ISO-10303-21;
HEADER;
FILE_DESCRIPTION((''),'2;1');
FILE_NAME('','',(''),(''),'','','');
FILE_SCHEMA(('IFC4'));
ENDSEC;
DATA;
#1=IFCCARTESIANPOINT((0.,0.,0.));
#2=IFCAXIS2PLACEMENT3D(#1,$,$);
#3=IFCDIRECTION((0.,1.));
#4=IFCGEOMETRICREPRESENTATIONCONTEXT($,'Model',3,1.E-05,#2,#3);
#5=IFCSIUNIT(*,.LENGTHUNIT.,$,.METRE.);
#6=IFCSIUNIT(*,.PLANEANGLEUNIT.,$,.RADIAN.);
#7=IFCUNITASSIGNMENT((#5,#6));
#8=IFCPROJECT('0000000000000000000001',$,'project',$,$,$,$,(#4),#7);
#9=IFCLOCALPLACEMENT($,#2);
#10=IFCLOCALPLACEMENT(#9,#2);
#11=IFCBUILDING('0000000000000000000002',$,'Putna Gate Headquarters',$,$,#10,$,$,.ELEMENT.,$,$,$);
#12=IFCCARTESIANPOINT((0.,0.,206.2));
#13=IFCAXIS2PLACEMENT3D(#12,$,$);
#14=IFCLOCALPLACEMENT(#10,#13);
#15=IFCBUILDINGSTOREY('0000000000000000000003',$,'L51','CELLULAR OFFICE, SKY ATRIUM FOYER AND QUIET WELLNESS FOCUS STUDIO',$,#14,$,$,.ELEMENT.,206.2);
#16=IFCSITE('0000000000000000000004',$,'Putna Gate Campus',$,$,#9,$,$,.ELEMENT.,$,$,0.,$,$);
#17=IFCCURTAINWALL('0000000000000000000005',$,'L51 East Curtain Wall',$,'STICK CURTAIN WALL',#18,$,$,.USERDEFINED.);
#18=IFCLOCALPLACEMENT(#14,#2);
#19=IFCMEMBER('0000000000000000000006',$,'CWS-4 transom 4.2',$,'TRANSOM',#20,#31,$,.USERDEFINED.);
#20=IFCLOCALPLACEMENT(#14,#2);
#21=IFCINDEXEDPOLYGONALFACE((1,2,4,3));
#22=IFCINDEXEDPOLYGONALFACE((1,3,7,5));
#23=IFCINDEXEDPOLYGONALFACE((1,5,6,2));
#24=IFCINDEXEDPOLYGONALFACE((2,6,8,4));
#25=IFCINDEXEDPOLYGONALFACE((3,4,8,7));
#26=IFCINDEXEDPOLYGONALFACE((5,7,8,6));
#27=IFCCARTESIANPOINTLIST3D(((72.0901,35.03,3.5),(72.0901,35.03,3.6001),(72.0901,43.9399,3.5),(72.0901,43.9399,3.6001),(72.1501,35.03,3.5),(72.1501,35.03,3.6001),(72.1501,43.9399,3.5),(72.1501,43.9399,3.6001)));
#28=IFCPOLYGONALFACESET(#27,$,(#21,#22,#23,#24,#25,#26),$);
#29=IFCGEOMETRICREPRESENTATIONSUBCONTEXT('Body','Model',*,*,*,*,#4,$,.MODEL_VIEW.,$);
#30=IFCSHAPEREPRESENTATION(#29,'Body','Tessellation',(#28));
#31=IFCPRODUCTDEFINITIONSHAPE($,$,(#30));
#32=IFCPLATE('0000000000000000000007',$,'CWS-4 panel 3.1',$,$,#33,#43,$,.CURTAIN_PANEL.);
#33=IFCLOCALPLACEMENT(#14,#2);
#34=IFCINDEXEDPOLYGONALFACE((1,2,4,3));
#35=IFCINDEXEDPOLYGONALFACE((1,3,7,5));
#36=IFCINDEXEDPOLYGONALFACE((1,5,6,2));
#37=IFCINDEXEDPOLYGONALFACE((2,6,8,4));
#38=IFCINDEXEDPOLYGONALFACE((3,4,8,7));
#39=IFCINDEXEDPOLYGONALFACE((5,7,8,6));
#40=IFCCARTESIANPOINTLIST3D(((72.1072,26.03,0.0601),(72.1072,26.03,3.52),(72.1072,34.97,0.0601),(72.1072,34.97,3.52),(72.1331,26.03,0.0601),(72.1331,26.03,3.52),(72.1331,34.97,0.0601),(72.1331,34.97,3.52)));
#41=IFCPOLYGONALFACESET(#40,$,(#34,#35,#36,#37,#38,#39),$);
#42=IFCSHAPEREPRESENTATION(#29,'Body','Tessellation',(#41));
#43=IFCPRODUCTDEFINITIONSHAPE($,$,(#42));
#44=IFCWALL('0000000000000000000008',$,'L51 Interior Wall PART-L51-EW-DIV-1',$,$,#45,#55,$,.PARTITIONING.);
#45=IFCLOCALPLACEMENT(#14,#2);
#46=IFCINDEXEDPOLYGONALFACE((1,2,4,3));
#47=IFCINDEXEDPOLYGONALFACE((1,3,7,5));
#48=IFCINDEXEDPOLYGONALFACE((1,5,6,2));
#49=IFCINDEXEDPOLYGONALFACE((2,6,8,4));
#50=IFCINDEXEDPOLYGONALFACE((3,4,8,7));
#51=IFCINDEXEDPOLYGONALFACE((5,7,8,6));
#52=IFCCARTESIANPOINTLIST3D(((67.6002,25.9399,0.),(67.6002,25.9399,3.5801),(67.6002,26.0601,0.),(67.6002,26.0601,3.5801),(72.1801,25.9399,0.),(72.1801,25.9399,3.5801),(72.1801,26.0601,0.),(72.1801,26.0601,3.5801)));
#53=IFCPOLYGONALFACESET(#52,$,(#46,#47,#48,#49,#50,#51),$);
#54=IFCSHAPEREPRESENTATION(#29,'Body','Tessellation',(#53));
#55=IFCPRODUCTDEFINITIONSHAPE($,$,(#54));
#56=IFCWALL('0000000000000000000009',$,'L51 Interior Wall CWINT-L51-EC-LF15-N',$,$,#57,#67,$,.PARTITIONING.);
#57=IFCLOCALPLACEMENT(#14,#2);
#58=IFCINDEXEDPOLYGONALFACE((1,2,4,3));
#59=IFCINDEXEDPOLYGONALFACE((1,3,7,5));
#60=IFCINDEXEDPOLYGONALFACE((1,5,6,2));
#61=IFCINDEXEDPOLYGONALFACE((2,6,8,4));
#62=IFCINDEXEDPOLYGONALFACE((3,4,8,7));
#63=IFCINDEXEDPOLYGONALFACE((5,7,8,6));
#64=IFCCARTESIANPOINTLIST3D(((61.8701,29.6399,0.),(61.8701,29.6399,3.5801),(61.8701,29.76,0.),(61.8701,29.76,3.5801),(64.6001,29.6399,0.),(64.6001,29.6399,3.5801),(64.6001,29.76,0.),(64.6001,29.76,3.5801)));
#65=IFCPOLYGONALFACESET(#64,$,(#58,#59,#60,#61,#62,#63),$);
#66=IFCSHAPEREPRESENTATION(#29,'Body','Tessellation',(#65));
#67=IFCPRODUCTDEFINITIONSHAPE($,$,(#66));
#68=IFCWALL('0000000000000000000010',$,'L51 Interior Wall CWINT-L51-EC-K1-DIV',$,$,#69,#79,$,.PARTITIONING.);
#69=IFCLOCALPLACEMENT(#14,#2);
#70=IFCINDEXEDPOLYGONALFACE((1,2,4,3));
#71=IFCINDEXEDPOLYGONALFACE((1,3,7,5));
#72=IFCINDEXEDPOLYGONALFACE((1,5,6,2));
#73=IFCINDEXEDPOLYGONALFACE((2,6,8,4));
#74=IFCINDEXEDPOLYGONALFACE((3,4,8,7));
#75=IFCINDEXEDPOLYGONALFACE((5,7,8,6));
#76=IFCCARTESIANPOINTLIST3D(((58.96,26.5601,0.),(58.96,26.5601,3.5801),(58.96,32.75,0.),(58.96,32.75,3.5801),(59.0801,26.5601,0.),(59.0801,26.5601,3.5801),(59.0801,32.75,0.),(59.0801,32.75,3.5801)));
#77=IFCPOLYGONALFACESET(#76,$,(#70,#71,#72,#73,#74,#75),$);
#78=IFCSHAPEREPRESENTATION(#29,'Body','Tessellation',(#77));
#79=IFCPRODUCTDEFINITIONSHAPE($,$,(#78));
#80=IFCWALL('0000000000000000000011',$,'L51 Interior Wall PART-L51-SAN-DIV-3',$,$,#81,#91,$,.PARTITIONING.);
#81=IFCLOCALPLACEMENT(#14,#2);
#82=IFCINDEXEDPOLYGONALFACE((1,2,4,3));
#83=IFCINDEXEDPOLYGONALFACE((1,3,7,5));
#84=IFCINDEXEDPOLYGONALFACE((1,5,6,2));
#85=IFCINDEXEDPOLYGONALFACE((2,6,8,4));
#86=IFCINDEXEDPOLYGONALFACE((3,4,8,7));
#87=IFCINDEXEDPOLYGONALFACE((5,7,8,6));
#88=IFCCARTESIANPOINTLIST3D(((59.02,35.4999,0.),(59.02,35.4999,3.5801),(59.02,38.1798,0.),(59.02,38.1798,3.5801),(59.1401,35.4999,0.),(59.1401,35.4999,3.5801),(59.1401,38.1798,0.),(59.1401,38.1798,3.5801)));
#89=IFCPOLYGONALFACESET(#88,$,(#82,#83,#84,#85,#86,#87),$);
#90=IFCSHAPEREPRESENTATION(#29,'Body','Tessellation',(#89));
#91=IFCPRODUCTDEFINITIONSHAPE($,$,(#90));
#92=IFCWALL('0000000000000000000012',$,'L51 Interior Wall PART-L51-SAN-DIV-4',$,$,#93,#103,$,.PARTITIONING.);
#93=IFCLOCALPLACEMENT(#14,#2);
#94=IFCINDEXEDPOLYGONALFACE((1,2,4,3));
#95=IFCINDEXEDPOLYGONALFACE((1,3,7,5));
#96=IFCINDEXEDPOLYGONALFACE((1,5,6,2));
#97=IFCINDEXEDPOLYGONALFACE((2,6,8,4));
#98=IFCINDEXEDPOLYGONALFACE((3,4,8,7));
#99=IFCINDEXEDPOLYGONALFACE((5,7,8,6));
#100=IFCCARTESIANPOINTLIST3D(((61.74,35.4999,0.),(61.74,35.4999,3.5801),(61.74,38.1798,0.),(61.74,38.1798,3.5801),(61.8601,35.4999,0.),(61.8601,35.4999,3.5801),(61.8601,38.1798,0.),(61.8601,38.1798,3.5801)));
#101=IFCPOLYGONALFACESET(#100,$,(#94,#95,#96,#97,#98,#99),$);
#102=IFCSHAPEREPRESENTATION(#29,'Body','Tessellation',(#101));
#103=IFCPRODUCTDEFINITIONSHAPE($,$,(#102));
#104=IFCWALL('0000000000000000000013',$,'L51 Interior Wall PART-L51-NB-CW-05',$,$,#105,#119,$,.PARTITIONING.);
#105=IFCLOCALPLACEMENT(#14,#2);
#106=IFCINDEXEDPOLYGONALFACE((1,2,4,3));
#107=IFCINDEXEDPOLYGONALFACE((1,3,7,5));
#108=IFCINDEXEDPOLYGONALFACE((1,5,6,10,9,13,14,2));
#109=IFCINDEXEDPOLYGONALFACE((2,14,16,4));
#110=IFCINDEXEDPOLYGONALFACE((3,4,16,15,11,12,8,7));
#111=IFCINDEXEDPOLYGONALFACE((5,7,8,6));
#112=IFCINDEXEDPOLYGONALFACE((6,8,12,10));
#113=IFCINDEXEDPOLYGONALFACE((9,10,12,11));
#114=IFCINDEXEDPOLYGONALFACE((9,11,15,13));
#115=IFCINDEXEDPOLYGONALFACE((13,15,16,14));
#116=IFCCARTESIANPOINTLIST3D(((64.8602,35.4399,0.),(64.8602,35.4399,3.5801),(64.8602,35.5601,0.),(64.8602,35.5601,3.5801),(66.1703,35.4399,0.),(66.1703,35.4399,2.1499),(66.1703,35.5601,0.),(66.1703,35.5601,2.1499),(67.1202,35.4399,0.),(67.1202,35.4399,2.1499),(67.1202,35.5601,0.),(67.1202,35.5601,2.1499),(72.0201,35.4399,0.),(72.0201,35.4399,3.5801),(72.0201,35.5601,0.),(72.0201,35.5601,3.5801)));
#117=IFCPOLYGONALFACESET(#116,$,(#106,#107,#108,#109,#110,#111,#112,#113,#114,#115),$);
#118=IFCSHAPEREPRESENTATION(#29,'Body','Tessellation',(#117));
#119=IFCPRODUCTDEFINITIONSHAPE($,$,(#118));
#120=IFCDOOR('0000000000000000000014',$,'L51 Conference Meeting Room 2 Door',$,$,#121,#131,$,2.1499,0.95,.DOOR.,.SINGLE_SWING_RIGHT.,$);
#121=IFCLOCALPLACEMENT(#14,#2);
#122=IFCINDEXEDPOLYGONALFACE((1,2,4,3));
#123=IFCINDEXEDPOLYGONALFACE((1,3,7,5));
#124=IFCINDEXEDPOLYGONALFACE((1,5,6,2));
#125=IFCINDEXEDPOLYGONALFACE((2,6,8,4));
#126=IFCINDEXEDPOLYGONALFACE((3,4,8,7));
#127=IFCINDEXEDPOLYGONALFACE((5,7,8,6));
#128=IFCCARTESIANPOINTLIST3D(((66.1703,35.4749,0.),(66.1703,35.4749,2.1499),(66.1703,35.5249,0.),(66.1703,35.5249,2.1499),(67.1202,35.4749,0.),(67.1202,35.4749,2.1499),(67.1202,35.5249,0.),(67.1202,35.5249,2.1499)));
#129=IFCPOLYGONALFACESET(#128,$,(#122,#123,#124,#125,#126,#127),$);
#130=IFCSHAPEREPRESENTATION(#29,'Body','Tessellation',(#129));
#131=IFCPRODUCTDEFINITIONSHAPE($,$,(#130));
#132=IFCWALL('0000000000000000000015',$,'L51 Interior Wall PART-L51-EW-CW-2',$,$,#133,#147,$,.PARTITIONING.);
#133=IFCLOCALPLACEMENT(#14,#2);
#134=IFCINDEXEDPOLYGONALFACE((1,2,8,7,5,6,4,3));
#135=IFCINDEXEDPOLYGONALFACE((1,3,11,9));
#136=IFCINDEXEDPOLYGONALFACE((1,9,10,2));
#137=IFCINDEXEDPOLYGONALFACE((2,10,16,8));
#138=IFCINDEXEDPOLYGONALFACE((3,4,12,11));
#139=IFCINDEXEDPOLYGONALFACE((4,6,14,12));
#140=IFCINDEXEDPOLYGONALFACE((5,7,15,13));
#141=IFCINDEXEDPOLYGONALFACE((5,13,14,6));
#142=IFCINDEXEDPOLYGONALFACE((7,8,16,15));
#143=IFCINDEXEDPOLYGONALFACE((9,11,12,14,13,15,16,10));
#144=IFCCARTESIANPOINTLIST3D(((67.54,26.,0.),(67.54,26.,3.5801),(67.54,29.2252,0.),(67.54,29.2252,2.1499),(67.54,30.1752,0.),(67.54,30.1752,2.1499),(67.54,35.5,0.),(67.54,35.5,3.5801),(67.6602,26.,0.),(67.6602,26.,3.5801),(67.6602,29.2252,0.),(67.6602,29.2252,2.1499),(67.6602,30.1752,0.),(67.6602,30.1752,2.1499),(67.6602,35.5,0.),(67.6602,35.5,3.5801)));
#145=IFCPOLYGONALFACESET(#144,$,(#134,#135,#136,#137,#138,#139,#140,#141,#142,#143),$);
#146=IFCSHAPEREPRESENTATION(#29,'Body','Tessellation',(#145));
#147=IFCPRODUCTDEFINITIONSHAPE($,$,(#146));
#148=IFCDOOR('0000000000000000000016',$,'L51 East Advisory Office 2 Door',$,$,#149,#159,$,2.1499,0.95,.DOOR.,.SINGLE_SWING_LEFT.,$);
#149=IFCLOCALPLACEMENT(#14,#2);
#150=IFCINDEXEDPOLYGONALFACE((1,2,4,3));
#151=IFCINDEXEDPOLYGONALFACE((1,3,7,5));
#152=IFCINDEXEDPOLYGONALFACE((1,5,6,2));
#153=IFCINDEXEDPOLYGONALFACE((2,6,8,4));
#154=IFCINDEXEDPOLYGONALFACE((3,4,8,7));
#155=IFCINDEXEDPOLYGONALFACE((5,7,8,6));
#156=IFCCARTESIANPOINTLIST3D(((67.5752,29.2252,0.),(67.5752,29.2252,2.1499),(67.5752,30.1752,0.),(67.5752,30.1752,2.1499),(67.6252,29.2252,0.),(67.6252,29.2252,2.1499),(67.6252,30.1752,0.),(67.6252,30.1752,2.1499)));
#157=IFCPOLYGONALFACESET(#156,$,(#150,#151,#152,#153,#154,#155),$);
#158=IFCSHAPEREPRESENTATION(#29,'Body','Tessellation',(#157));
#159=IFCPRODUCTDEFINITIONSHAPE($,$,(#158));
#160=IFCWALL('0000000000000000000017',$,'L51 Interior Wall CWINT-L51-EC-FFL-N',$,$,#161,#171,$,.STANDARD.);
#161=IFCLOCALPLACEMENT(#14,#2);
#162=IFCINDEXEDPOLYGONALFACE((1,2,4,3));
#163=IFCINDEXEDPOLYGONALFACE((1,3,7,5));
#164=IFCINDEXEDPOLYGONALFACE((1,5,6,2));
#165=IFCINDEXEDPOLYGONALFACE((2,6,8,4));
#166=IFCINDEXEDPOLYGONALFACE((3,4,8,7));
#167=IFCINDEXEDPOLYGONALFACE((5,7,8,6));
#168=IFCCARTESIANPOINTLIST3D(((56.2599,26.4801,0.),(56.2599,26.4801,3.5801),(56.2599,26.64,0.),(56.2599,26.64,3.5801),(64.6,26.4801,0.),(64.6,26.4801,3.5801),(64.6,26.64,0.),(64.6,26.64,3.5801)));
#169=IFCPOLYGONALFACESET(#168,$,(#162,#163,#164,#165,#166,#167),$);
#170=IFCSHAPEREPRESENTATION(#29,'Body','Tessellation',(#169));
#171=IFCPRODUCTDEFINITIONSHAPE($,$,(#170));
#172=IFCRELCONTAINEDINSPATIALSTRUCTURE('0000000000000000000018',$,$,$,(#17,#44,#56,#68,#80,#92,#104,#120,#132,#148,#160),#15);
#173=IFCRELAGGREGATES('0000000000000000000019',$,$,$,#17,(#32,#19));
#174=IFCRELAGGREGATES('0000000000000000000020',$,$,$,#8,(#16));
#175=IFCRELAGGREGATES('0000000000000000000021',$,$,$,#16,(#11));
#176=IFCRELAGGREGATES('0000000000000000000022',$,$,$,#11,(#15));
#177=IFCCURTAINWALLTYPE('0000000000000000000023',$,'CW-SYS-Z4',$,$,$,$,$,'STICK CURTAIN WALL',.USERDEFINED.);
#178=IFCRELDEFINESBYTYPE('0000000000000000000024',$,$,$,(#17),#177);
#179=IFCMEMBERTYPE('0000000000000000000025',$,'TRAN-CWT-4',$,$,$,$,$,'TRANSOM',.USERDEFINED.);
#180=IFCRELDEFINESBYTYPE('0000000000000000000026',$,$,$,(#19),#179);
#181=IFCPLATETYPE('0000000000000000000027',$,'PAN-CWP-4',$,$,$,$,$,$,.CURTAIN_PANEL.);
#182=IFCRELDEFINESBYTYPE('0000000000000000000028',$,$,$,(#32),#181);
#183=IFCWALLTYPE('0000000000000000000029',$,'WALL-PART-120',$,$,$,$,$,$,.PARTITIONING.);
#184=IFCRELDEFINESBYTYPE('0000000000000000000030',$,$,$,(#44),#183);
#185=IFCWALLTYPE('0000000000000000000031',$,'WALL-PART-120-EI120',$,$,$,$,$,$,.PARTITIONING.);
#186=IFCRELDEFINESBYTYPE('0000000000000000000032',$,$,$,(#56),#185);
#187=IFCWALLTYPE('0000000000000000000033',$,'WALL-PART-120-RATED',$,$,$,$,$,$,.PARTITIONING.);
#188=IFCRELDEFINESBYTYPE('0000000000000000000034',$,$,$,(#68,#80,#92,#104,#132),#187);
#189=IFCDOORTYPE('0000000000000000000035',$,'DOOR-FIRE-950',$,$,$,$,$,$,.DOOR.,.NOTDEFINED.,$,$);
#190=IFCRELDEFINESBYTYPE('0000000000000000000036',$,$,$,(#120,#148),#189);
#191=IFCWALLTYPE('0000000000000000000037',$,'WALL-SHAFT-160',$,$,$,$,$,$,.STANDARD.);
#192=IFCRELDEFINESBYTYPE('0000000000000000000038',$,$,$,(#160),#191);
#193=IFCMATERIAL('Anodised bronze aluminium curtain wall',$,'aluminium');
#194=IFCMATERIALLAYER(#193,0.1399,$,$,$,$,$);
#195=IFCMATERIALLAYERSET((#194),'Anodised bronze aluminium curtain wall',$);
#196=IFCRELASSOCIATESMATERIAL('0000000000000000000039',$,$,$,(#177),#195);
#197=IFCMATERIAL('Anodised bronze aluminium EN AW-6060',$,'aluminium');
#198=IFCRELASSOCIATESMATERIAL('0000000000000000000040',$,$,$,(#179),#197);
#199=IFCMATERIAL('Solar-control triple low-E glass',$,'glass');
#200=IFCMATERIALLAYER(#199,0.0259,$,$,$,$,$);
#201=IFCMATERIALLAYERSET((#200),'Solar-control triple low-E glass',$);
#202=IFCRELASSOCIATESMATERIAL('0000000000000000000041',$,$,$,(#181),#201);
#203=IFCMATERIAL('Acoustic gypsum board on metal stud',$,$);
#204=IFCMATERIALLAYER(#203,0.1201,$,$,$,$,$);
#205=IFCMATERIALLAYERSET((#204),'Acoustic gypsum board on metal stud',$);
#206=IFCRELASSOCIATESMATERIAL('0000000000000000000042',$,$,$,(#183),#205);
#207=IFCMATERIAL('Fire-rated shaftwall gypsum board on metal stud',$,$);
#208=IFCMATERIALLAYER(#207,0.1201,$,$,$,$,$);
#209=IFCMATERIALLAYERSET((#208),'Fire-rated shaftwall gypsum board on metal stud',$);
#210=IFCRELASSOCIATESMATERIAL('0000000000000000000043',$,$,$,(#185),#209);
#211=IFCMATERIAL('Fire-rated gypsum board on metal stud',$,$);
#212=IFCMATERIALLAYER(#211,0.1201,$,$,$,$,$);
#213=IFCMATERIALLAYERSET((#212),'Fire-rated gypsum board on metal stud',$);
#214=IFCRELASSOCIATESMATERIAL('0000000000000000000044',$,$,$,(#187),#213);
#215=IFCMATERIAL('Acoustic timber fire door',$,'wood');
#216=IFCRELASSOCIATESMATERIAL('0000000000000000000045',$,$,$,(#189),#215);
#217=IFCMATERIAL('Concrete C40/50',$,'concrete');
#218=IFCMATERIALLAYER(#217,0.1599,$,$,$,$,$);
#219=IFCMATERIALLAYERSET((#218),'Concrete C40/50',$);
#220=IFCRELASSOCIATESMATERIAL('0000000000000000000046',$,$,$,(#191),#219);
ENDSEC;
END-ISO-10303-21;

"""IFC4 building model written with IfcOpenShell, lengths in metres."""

from ifc_helpers import new_model, si_unit, direction, frame, frame_2d, origin, origin_2d, place, context, subcontext, project, spatial, rectangle, extrude, material, layer, layer_set, material_profile, profile_set, type_object, element, fill, aggregate, save


model = new_model("IFC4")

# Units and contexts
model_context = context("Model", 3, precision=1e-05, world=origin(), true_north=direction((0.0, 1.0)))
body_context = subcontext(model_context, "Body", "Model", "MODEL_VIEW")
ifc_project = project(units=[si_unit("LENGTHUNIT", "METRE"), si_unit("PLANEANGLEUNIT", "RADIAN")], contexts=[model_context])

# Site, building, storey
site_placement = place(None, origin())
site = spatial("IfcSite", under=ifc_project, at=site_placement, Name="Putna Gate Campus", CompositionType="ELEMENT", RefElevation=0.0)
building_placement = place(site_placement, origin())
building = spatial("IfcBuilding", under=site, at=building_placement, Name="Putna Gate Headquarters", CompositionType="ELEMENT")
storey_placement = place(building_placement, frame((0.0, 0.0, 206.2)))
storey = spatial("IfcBuildingStorey", under=building, at=storey_placement, Name="L51", Description="CELLULAR OFFICE, SKY ATRIUM FOYER AND QUIET WELLNESS FOCUS STUDIO", CompositionType="ELEMENT", Elevation=206.2)

# Curtain wall, member, plate
ifc_material_1 = material(Name="Anodised bronze aluminium curtain wall", Category="aluminium")
ifc_layer_1 = layer(ifc_material_1, 0.1399)
ifc_layer_set_1 = layer_set([ifc_layer_1], Name="Anodised bronze aluminium curtain wall")
curtain_wall_type = type_object("IfcCurtainWallType", Name="CW-SYS-Z4", ElementType="STICK CURTAIN WALL", PredefinedType="USERDEFINED", material=ifc_layer_set_1)
curtain_wall_placement = place(storey_placement, origin())
curtain_wall = element("IfcCurtainWall", 1, at=curtain_wall_placement, inside=storey, type_object=curtain_wall_type, Name="L51 East Curtain Wall", ObjectType="STICK CURTAIN WALL", PredefinedType="USERDEFINED")
ifc_material_2 = material(Name="Anodised bronze aluminium EN AW-6060", Category="aluminium")
ifc_material_profile_1 = material_profile(ifc_material_2, rectangle(XDim=0.0601, YDim=0.1001, at=origin_2d()), Name="Anodised bronze aluminium EN AW-6060")
ifc_profile_set_1 = profile_set([ifc_material_profile_1], Name="Anodised bronze aluminium EN AW-6060")
member_type_1 = type_object("IfcMemberType", Name="TRAN-CWT-4", ElementType="TRANSOM", PredefinedType="USERDEFINED", material=ifc_profile_set_1)
member_1_placement = place(storey_placement, frame((72.1201, 35.03, 3.55), z_axis=(0.0, 1.0, 0.0), x_axis=(-1.0, 0.0, 0.0)))
member_1 = element("IfcMember", 2, at=member_1_placement, type_object=member_type_1, Name="CWS-4 transom 4.2", ObjectType="TRANSOM", PredefinedType="USERDEFINED", context=body_context, shape_type="SweptSolid", body=[
    extrude(rectangle(XDim=0.0601, YDim=0.1001, at=origin_2d()), origin(), (0.0, 0.0, 1.0), 8.9099),
])
ifc_material_3 = material(Name="Solar-control triple low-E glass", Category="glass")
ifc_layer_2 = layer(ifc_material_3, 0.0259)
ifc_layer_set_2 = layer_set([ifc_layer_2], Name="Solar-control triple low-E glass")
plate_type = type_object("IfcPlateType", Name="PAN-CWP-4", PredefinedType="CURTAIN_PANEL", material=ifc_layer_set_2)
plate_placement = place(storey_placement, frame((72.1201, 30.5, 0.0601), z_axis=(0.0, 0.0, 1.0), x_axis=(0.0, 1.0, 0.0)))
plate = element("IfcPlate", 3, at=plate_placement, type_object=plate_type, Name="CWS-4 panel 3.1", PredefinedType="CURTAIN_PANEL", context=body_context, shape_type="SweptSolid", body=[
    extrude(rectangle(XDim=8.9399, YDim=0.0259, at=origin_2d()), origin(), (0.0, 0.0, 1.0), 3.46),
])
aggregate(curtain_wall, [plate, member_1])

# Walls
ifc_material_4 = material(Name="Acoustic gypsum board on metal stud")
ifc_layer_3 = layer(ifc_material_4, 0.1201)
ifc_layer_set_3 = layer_set([ifc_layer_3], Name="Acoustic gypsum board on metal stud")
wall_type_1 = type_object("IfcWallType", Name="WALL-PART-120", PredefinedType="PARTITIONING", material=ifc_layer_set_3)
wall_1_placement = place(storey_placement, frame((67.6001, 26.0, 0.0), z_axis=(0.0, 0.0, 1.0), x_axis=(1.0, 0.0, 0.0)))
element("IfcWall", 4, at=wall_1_placement, inside=storey, type_object=wall_type_1, Name="L51 Interior Wall PART-L51-EW-DIV-1", PredefinedType="PARTITIONING", context=body_context, shape_type="SweptSolid", body=[
    extrude(rectangle(XDim=4.5798, YDim=0.1201, at=frame_2d((2.29, 0.0))), origin(), (0.0, 0.0, 1.0), 3.5801),
])
ifc_material_5 = material(Name="Fire-rated shaftwall gypsum board on metal stud")
ifc_layer_4 = layer(ifc_material_5, 0.1201)
ifc_layer_set_4 = layer_set([ifc_layer_4], Name="Fire-rated shaftwall gypsum board on metal stud")
wall_type_2 = type_object("IfcWallType", Name="WALL-PART-120-EI120", PredefinedType="PARTITIONING", material=ifc_layer_set_4)
wall_2_placement = place(storey_placement, frame((61.8701, 29.7, 0.0), z_axis=(0.0, 0.0, 1.0), x_axis=(1.0, 0.0, 0.0)))
element("IfcWall", 5, at=wall_2_placement, inside=storey, type_object=wall_type_2, Name="L51 Interior Wall CWINT-L51-EC-LF15-N", PredefinedType="PARTITIONING", context=body_context, shape_type="SweptSolid", body=[
    extrude(rectangle(XDim=2.73, YDim=0.1201, at=frame_2d((1.365, 0.0))), origin(), (0.0, 0.0, 1.0), 3.5801),
])
ifc_material_6 = material(Name="Fire-rated gypsum board on metal stud")
ifc_layer_5 = layer(ifc_material_6, 0.1201)
ifc_layer_set_5 = layer_set([ifc_layer_5], Name="Fire-rated gypsum board on metal stud")
wall_type_3 = type_object("IfcWallType", Name="WALL-PART-120-RATED", PredefinedType="PARTITIONING", material=ifc_layer_set_5)
wall_3_placement = place(storey_placement, frame((59.02, 26.5601, 0.0), z_axis=(0.0, 0.0, 1.0), x_axis=(0.0, 1.0, 0.0)))
element("IfcWall", 6, at=wall_3_placement, inside=storey, type_object=wall_type_3, Name="L51 Interior Wall CWINT-L51-EC-K1-DIV", PredefinedType="PARTITIONING", context=body_context, shape_type="SweptSolid", body=[
    extrude(rectangle(XDim=6.1899, YDim=0.1201, at=frame_2d((3.095, 0.0))), origin(), (0.0, 0.0, 1.0), 3.5801),
])
for number, where, z_axis, x_axis, name in (
    (7, (59.0801, 35.5, 0.0), (0.0, 0.0, 1.0), (0.0, 1.0, 0.0), "L51 Interior Wall PART-L51-SAN-DIV-3"),
    (8, (61.8, 35.5, 0.0), (0.0, 0.0, 1.0), (0.0, 1.0, 0.0), "L51 Interior Wall PART-L51-SAN-DIV-4"),
):
    element("IfcWall", number, at=place(storey_placement, frame(where, z_axis=z_axis, x_axis=x_axis)), inside=storey, type_object=wall_type_3, Name=name, PredefinedType="PARTITIONING", context=body_context, shape_type="SweptSolid", body=[
        extrude(rectangle(XDim=2.6799, YDim=0.1201, at=frame_2d((1.3398, 0.0))), origin(), (0.0, 0.0, 1.0), 3.5801),
    ])

# Walls, openings, doors
wall_4_placement = place(storey_placement, frame((64.8601, 35.5, 0.0), z_axis=(0.0, 0.0, 1.0), x_axis=(1.0, 0.0, 0.0)))
wall_4 = element("IfcWall", 9, at=wall_4_placement, inside=storey, type_object=wall_type_3, Name="L51 Interior Wall PART-L51-NB-CW-05", PredefinedType="PARTITIONING", context=body_context, shape_type="SweptSolid", body=[
    extrude(rectangle(XDim=7.1599, YDim=0.1201, at=frame_2d((3.5801, 0.0))), origin(), (0.0, 0.0, 1.0), 3.5801),
])
opening_1_placement = place(wall_4_placement, frame((1.3101, 0.0, 0.0)))
opening_1 = element("IfcOpeningElement", 10, at=opening_1_placement, cuts=wall_4, PredefinedType="OPENING", context=body_context, shape_type="SweptSolid", body=[
    extrude(rectangle(XDim=0.95, YDim=2.1499, at=frame_2d((0.4751, 1.075))), frame((0.0, 0.0701, 0.0), z_axis=(0.0, -1.0, 0.0), x_axis=(1.0, 0.0, 0.0)), (0.0, 0.0, 1.0), 0.1401),
])
ifc_material_7 = material(Name="Acoustic timber fire door", Category="wood")
door_type = type_object("IfcDoorType", Name="DOOR-FIRE-950", OperationType="NOTDEFINED", PredefinedType="DOOR", material=ifc_material_7)
door_1_placement = place(opening_1_placement, origin())
door_1 = element("IfcDoor", 11, at=door_1_placement, inside=storey, type_object=door_type, Name="L51 Conference Meeting Room 2 Door", OperationType="SINGLE_SWING_RIGHT", OverallHeight=2.1499, OverallWidth=0.95, PredefinedType="DOOR", context=body_context, shape_type="SweptSolid", body=[
    extrude(rectangle(XDim=0.95, YDim=2.1499, at=frame_2d((0.4751, 1.075))), frame((0.0, 0.0249, 0.0), z_axis=(0.0, -1.0, 0.0), x_axis=(1.0, 0.0, 0.0)), (0.0, 0.0, 1.0), 0.05),
])
fill(opening_1, door_1)
wall_5_placement = place(storey_placement, frame((67.6001, 26.0, 0.0), z_axis=(0.0, 0.0, 1.0), x_axis=(0.0, 1.0, 0.0)))
wall_5 = element("IfcWall", 12, at=wall_5_placement, inside=storey, type_object=wall_type_3, Name="L51 Interior Wall PART-L51-EW-CW-2", PredefinedType="PARTITIONING", context=body_context, shape_type="SweptSolid", body=[
    extrude(rectangle(XDim=9.5, YDim=0.1201, at=frame_2d((4.75, 0.0))), origin(), (0.0, 0.0, 1.0), 3.5801),
])
opening_2_placement = place(wall_5_placement, frame((3.2251, 0.0, 0.0)))
opening_2 = element("IfcOpeningElement", 13, at=opening_2_placement, cuts=wall_5, PredefinedType="OPENING", context=body_context, shape_type="SweptSolid", body=[
    extrude(rectangle(XDim=0.95, YDim=2.1499, at=frame_2d((0.4751, 1.075))), frame((0.0, 0.0701, 0.0), z_axis=(0.0, -1.0, 0.0), x_axis=(1.0, 0.0, 0.0)), (0.0, 0.0, 1.0), 0.1401),
])
door_2_placement = place(opening_2_placement, origin())
door_2 = element("IfcDoor", 14, at=door_2_placement, inside=storey, type_object=door_type, Name="L51 East Advisory Office 2 Door", OperationType="SINGLE_SWING_LEFT", OverallHeight=2.1499, OverallWidth=0.95, PredefinedType="DOOR", context=body_context, shape_type="SweptSolid", body=[
    extrude(rectangle(XDim=0.95, YDim=2.1499, at=frame_2d((0.4751, 1.075))), frame((0.0, 0.0249, 0.0), z_axis=(0.0, -1.0, 0.0), x_axis=(1.0, 0.0, 0.0)), (0.0, 0.0, 1.0), 0.05),
])
fill(opening_2, door_2)

# Wall
ifc_material_8 = material(Name="Concrete C40/50", Category="concrete")
ifc_layer_6 = layer(ifc_material_8, 0.1599)
ifc_layer_set_6 = layer_set([ifc_layer_6], Name="Concrete C40/50")
wall_type_4 = type_object("IfcWallType", Name="WALL-SHAFT-160", PredefinedType="STANDARD", material=ifc_layer_set_6)
wall_6_placement = place(storey_placement, frame((56.26, 26.5601, 0.0), z_axis=(0.0, 0.0, 1.0), x_axis=(1.0, 0.0, 0.0)))
element("IfcWall", 15, at=wall_6_placement, inside=storey, type_object=wall_type_4, Name="L51 Interior Wall CWINT-L51-EC-FFL-N", PredefinedType="STANDARD", context=body_context, shape_type="SweptSolid", body=[
    extrude(rectangle(XDim=8.3401, YDim=0.1599, at=frame_2d((4.1699, 0.0))), origin(), (0.0, 0.0, 1.0), 3.5801),
])

save(model, "model.ifc")
